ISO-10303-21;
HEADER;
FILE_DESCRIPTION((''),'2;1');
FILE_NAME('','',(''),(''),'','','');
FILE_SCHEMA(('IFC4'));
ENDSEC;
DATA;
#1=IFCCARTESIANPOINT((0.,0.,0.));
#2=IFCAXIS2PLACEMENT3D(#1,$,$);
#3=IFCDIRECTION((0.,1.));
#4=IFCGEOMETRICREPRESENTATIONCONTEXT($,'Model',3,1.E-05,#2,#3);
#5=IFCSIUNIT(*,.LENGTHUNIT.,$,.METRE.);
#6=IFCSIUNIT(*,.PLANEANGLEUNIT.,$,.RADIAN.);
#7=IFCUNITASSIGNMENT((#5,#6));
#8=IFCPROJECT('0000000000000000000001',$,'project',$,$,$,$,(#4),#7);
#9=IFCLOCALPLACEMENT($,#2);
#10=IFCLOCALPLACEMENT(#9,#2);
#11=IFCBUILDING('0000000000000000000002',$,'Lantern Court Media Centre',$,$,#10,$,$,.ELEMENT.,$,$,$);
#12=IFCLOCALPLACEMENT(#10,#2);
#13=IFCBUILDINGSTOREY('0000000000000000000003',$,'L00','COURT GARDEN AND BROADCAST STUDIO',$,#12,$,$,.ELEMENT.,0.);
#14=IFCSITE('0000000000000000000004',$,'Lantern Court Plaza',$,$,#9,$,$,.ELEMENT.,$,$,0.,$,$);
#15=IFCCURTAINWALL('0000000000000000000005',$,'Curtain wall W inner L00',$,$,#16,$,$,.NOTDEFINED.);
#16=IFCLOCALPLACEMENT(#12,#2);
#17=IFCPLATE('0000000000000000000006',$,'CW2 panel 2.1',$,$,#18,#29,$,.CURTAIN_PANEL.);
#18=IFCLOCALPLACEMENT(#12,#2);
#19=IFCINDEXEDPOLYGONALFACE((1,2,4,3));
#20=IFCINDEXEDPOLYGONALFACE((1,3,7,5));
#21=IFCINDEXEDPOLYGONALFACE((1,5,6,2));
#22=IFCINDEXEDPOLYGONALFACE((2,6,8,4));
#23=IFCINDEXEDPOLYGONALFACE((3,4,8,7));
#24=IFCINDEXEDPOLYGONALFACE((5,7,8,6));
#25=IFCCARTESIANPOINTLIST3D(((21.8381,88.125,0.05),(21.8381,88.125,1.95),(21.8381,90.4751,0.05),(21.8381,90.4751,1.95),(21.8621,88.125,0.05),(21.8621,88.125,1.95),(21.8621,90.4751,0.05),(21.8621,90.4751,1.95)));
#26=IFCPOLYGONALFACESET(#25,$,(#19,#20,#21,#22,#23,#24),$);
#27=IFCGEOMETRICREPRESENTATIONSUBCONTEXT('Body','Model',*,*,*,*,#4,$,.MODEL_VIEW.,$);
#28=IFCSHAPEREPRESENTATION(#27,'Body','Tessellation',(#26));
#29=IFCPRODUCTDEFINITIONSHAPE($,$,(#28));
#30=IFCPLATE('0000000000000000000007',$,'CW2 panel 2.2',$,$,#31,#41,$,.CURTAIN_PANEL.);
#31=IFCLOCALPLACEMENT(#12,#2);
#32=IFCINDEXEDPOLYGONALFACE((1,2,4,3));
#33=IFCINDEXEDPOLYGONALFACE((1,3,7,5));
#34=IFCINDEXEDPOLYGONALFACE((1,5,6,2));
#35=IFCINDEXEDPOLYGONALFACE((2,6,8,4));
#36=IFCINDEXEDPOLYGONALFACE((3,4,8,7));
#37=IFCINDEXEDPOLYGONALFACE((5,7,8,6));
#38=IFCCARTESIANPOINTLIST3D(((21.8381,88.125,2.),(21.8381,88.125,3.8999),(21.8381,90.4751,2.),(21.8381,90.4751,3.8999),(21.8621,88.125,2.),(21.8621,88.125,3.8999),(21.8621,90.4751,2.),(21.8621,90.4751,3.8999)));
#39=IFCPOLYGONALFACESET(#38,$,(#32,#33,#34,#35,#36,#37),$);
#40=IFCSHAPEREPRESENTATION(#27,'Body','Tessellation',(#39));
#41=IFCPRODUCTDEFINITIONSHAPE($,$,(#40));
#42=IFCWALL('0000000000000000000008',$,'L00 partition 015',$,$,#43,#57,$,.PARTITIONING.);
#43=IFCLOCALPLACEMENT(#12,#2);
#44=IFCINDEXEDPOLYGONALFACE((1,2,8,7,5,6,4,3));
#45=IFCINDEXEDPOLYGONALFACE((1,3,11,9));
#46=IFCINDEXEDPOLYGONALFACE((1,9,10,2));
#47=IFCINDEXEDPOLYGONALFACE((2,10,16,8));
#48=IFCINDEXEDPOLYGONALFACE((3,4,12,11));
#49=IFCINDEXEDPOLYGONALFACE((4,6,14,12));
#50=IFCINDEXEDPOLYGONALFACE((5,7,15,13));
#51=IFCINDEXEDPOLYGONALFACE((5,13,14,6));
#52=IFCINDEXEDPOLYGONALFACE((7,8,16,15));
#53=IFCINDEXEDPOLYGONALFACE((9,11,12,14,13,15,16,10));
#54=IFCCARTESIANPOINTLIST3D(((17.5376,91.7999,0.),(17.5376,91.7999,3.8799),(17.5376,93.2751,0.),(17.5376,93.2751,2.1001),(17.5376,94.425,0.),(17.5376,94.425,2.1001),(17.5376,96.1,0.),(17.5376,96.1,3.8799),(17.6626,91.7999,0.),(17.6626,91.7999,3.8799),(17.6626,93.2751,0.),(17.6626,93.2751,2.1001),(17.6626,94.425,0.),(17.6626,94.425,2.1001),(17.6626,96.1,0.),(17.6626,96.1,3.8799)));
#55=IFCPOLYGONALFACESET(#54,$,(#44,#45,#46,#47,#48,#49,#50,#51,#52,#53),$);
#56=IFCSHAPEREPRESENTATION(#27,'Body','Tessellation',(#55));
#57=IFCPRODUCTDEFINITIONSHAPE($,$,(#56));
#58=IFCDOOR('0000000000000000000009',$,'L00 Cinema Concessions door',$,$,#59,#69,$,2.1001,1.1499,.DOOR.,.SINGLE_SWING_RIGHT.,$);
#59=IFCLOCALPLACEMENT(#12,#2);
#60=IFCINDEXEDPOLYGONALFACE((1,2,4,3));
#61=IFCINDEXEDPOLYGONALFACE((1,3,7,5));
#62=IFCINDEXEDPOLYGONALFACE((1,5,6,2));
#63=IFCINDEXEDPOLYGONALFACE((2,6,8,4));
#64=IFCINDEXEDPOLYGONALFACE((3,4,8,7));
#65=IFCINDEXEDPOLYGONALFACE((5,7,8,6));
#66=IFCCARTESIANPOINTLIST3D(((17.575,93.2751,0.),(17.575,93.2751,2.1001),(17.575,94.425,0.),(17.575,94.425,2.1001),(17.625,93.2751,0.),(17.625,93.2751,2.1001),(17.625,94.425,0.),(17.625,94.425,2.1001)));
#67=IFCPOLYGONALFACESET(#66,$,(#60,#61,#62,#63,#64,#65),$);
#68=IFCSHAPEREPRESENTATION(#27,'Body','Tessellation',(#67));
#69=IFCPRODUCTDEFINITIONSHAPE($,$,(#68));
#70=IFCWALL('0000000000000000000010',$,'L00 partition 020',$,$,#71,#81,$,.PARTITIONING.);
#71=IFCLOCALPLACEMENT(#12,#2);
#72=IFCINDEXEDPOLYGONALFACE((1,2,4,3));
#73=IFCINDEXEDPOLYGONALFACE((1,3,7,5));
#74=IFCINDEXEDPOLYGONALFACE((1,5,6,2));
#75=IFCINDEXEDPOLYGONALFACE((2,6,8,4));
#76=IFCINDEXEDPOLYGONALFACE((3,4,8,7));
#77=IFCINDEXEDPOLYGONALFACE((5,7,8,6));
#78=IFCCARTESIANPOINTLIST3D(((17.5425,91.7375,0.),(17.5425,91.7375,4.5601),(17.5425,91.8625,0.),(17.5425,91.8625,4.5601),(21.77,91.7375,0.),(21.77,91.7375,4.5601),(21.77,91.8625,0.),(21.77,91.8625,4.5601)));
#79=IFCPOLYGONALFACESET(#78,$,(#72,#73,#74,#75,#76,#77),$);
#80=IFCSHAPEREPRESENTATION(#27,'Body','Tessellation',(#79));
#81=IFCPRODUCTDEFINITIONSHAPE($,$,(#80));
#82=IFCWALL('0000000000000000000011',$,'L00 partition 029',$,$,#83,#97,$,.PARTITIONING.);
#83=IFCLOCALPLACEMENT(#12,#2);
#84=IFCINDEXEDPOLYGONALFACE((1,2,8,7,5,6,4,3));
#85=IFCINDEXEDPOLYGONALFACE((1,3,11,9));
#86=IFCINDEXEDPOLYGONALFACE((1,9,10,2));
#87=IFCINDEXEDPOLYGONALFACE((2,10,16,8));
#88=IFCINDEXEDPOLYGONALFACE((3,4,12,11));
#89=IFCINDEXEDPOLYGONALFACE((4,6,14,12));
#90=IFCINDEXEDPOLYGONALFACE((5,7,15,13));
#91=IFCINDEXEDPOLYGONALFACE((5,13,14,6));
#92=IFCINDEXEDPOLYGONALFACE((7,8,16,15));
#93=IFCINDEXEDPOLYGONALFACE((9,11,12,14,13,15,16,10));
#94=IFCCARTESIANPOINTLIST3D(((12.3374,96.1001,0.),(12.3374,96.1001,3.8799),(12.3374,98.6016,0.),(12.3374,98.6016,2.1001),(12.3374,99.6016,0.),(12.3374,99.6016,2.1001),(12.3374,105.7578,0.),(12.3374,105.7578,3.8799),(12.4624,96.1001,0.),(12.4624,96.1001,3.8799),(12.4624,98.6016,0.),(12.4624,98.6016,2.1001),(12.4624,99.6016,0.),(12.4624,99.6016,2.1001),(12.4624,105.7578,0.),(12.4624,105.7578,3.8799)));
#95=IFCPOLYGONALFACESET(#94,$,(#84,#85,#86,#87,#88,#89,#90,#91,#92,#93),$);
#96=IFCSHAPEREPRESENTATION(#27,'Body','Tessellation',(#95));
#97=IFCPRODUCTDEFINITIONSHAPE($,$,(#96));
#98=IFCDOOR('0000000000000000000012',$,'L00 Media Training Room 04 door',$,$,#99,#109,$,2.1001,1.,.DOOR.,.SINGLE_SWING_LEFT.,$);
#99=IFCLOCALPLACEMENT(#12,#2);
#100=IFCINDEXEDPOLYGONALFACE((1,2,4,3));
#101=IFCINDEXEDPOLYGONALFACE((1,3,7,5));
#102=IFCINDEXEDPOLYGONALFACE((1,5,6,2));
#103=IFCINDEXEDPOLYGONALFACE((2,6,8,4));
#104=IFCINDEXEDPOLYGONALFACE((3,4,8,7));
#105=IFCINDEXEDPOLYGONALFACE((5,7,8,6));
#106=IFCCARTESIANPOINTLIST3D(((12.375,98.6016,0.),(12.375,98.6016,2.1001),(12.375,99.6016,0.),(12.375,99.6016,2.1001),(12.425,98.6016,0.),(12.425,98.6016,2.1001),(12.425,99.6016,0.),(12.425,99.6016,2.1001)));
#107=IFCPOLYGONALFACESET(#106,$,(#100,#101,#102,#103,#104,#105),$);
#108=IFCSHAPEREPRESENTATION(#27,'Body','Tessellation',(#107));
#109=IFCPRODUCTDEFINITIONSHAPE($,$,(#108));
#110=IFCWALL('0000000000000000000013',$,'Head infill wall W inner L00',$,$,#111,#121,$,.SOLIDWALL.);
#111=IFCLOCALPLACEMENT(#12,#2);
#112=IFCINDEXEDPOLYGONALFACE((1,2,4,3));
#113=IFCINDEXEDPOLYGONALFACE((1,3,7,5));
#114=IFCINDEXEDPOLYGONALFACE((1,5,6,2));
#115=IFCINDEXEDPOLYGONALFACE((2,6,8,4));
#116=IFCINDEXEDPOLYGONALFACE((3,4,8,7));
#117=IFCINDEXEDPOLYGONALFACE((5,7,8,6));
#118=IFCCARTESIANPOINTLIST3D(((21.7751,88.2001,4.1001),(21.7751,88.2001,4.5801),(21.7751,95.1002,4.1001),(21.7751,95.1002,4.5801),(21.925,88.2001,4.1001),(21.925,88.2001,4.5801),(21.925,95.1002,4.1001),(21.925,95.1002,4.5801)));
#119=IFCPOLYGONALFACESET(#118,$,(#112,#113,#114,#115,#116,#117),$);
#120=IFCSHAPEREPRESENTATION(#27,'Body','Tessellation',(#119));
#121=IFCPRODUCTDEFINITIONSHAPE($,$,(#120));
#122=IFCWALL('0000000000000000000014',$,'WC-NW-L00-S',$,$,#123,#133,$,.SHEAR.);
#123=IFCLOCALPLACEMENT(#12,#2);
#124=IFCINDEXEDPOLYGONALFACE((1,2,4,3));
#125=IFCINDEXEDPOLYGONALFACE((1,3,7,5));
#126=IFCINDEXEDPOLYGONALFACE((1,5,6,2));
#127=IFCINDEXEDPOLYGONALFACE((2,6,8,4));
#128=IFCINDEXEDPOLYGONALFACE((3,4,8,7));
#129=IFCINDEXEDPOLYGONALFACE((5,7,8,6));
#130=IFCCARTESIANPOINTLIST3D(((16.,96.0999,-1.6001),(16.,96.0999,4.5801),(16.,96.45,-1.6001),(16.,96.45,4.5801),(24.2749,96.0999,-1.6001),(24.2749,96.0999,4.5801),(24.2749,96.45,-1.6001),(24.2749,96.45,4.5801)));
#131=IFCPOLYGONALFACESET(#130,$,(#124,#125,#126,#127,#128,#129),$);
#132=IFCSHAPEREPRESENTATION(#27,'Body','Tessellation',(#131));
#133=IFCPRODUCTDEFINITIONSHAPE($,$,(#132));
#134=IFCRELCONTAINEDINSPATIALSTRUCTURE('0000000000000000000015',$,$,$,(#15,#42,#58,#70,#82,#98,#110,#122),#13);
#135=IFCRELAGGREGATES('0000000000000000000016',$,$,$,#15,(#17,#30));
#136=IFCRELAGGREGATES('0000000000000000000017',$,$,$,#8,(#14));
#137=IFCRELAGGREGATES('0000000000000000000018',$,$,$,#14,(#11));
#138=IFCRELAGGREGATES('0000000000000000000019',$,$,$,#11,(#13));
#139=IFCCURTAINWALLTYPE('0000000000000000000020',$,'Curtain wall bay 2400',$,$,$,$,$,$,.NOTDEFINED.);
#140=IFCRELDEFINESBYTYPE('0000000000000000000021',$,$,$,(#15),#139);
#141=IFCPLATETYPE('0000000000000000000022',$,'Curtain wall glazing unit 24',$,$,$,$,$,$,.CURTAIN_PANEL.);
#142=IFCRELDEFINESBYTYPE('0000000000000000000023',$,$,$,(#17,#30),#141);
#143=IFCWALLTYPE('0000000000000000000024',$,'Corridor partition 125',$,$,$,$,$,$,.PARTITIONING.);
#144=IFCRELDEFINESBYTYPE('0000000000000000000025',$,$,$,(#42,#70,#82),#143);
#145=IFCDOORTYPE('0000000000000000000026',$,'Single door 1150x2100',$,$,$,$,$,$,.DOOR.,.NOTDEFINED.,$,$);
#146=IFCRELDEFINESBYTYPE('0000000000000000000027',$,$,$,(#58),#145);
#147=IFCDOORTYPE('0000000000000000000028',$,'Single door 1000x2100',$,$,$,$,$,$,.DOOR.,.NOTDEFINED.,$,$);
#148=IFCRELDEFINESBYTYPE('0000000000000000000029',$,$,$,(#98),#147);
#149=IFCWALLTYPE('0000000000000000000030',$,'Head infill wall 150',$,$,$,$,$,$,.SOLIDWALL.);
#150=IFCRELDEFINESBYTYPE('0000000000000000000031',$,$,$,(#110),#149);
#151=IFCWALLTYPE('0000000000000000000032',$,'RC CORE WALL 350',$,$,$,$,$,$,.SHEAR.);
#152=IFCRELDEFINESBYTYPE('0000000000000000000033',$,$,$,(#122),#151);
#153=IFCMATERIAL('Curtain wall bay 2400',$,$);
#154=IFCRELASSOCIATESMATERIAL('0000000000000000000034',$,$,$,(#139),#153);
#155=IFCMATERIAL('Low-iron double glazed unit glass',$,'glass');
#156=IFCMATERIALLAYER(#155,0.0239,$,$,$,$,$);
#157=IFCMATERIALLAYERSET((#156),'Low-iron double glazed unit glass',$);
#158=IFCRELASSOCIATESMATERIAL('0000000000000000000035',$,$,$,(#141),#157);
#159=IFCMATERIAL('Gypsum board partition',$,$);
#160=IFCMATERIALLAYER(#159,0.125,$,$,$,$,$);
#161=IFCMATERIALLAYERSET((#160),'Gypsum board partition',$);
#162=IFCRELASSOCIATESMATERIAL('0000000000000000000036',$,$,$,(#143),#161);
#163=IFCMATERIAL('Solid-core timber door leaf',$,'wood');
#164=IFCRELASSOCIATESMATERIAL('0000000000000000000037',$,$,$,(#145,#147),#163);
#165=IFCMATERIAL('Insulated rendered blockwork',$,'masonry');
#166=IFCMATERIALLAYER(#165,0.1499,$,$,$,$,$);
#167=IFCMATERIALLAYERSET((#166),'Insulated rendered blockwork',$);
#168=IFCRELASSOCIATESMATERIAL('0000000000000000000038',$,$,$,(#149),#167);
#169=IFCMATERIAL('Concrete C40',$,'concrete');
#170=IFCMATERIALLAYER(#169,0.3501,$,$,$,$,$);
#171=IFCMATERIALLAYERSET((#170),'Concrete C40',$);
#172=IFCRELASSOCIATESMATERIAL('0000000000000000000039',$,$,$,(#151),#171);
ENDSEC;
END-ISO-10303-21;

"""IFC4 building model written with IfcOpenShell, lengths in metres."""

from ifc_helpers import new_model, si_unit, direction, frame, frame_2d, origin, origin_2d, place, context, subcontext, project, spatial, rectangle, extrude, material, layer, layer_set, type_object, element, fill, aggregate, save


model = new_model("IFC4")

# Units and contexts
model_context = context("Model", 3, precision=1e-05, world=origin(), true_north=direction((0.0, 1.0)))
body_context = subcontext(model_context, "Body", "Model", "MODEL_VIEW")
ifc_project = project(units=[si_unit("LENGTHUNIT", "METRE"), si_unit("PLANEANGLEUNIT", "RADIAN")], contexts=[model_context])

# Site, building, storey
site_placement = place(None, origin())
site = spatial("IfcSite", under=ifc_project, at=site_placement, Name="Lantern Court Plaza", CompositionType="ELEMENT", RefElevation=0.0)
building_placement = place(site_placement, origin())
building = spatial("IfcBuilding", under=site, at=building_placement, Name="Lantern Court Media Centre", CompositionType="ELEMENT")
storey_placement = place(building_placement, origin())
storey = spatial("IfcBuildingStorey", under=building, at=storey_placement, Name="L00", Description="COURT GARDEN AND BROADCAST STUDIO", CompositionType="ELEMENT", Elevation=0.0)

# Curtain wall
ifc_material_1 = material(Name="Curtain wall bay 2400")
curtain_wall_type = type_object("IfcCurtainWallType", Name="Curtain wall bay 2400", PredefinedType="NOTDEFINED", material=ifc_material_1)
curtain_wall_placement = place(storey_placement, origin())
curtain_wall = element("IfcCurtainWall", 1, at=curtain_wall_placement, inside=storey, type_object=curtain_wall_type, Name="Curtain wall W inner L00", PredefinedType="NOTDEFINED")

# Plates
ifc_material_2 = material(Name="Low-iron double glazed unit glass", Category="glass")
ifc_layer_1 = layer(ifc_material_2, 0.0239)
ifc_layer_set_1 = layer_set([ifc_layer_1], Name="Low-iron double glazed unit glass")
plate_type = type_object("IfcPlateType", Name="Curtain wall glazing unit 24", PredefinedType="CURTAIN_PANEL", material=ifc_layer_set_1)
plate_1_placement = place(storey_placement, frame((21.8501, 89.3, 0.05), z_axis=(0.0, 0.0, 1.0), x_axis=(0.0, 1.0, 0.0)))
plate_1 = element("IfcPlate", 2, at=plate_1_placement, type_object=plate_type, Name="CW2 panel 2.1", PredefinedType="CURTAIN_PANEL", context=body_context, shape_type="SweptSolid", body=[
    extrude(rectangle(XDim=2.3501, YDim=0.0239, at=origin_2d()), origin(), (0.0, 0.0, 1.0), 1.8999),
])
plate_2_placement = place(storey_placement, frame((21.8501, 89.3, 2.0), z_axis=(0.0, 0.0, 1.0), x_axis=(0.0, 1.0, 0.0)))
plate_2 = element("IfcPlate", 3, at=plate_2_placement, type_object=plate_type, Name="CW2 panel 2.2", PredefinedType="CURTAIN_PANEL", context=body_context, shape_type="SweptSolid", body=[
    extrude(rectangle(XDim=2.3501, YDim=0.0239, at=origin_2d()), origin(), (0.0, 0.0, 1.0), 1.8999),
])
aggregate(curtain_wall, [plate_1, plate_2])

# Wall, opening, door
ifc_material_3 = material(Name="Gypsum board partition")
ifc_layer_2 = layer(ifc_material_3, 0.125)
ifc_layer_set_2 = layer_set([ifc_layer_2], Name="Gypsum board partition")
wall_type_1 = type_object("IfcWallType", Name="Corridor partition 125", PredefinedType="PARTITIONING", material=ifc_layer_set_2)
wall_1_placement = place(storey_placement, frame((17.6001, 91.8, 0.0), z_axis=(0.0, 0.0, 1.0), x_axis=(0.0, 1.0, 0.0)))
wall_1 = element("IfcWall", 4, at=wall_1_placement, inside=storey, type_object=wall_type_1, Name="L00 partition 015", PredefinedType="PARTITIONING", context=body_context, shape_type="SweptSolid", body=[
    extrude(rectangle(XDim=4.3, YDim=0.125, at=frame_2d((2.1499, 0.0))), origin(), (0.0, 0.0, 1.0), 3.8799),
])
opening_1_placement = place(wall_1_placement, frame((1.4751, 0.0, 0.0)))
opening_1 = element("IfcOpeningElement", 5, at=opening_1_placement, cuts=wall_1, PredefinedType="OPENING", context=body_context, shape_type="SweptSolid", body=[
    extrude(rectangle(XDim=1.1499, YDim=2.1001, at=frame_2d((0.575, 1.05))), frame((0.0, 0.0725, 0.0), z_axis=(0.0, -1.0, 0.0), x_axis=(1.0, 0.0, 0.0)), (0.0, 0.0, 1.0), 0.145),
])
ifc_material_4 = material(Name="Solid-core timber door leaf", Category="wood")
door_type_1 = type_object("IfcDoorType", Name="Single door 1150x2100", OperationType="NOTDEFINED", PredefinedType="DOOR", material=ifc_material_4)
door_1_placement = place(opening_1_placement, frame((1.1499, 0.0, 0.0), z_axis=(0.0, 0.0, 1.0), x_axis=(-1.0, 0.0, 0.0)))
door_1 = element("IfcDoor", 6, at=door_1_placement, inside=storey, type_object=door_type_1, Name="L00 Cinema Concessions door", OperationType="SINGLE_SWING_RIGHT", OverallHeight=2.1001, OverallWidth=1.1499, PredefinedType="DOOR", context=body_context, shape_type="SweptSolid", body=[
    extrude(rectangle(XDim=1.1499, YDim=2.1001, at=frame_2d((0.575, 1.05))), frame((0.0, 0.0249, 0.0), z_axis=(0.0, -1.0, 0.0), x_axis=(1.0, 0.0, 0.0)), (0.0, 0.0, 1.0), 0.05),
])
fill(opening_1, door_1)

# Wall
wall_2_placement = place(storey_placement, frame((17.5425, 91.8, 0.0), z_axis=(0.0, 0.0, 1.0), x_axis=(1.0, 0.0, 0.0)))
element("IfcWall", 7, at=wall_2_placement, inside=storey, type_object=wall_type_1, Name="L00 partition 020", PredefinedType="PARTITIONING", context=body_context, shape_type="SweptSolid", body=[
    extrude(rectangle(XDim=4.2275, YDim=0.125, at=frame_2d((2.1138, 0.0))), origin(), (0.0, 0.0, 1.0), 4.5601),
])

# Wall, opening, door
wall_3_placement = place(storey_placement, frame((12.3999, 96.1001, 0.0), z_axis=(0.0, 0.0, 1.0), x_axis=(0.0, 1.0, 0.0)))
wall_3 = element("IfcWall", 8, at=wall_3_placement, inside=storey, type_object=wall_type_1, Name="L00 partition 029", PredefinedType="PARTITIONING", context=body_context, shape_type="SweptSolid", body=[
    extrude(rectangle(XDim=9.6577, YDim=0.125, at=frame_2d((4.8289, 0.0))), origin(), (0.0, 0.0, 1.0), 3.8799),
])
opening_2_placement = place(wall_3_placement, frame((2.5015, 0.0, 0.0)))
opening_2 = element("IfcOpeningElement", 9, at=opening_2_placement, cuts=wall_3, PredefinedType="OPENING", context=body_context, shape_type="SweptSolid", body=[
    extrude(rectangle(XDim=1.0, YDim=2.1001, at=frame_2d((0.5, 1.05))), frame((0.0, 0.0725, 0.0), z_axis=(0.0, -1.0, 0.0), x_axis=(1.0, 0.0, 0.0)), (0.0, 0.0, 1.0), 0.145),
])
door_type_2 = type_object("IfcDoorType", Name="Single door 1000x2100", OperationType="NOTDEFINED", PredefinedType="DOOR", material=ifc_material_4)
door_2_placement = place(opening_2_placement, origin())
door_2 = element("IfcDoor", 10, at=door_2_placement, inside=storey, type_object=door_type_2, Name="L00 Media Training Room 04 door", OperationType="SINGLE_SWING_LEFT", OverallHeight=2.1001, OverallWidth=1.0, PredefinedType="DOOR", context=body_context, shape_type="SweptSolid", body=[
    extrude(rectangle(XDim=1.0, YDim=2.1001, at=frame_2d((0.5, 1.05))), frame((0.0, 0.0249, 0.0), z_axis=(0.0, -1.0, 0.0), x_axis=(1.0, 0.0, 0.0)), (0.0, 0.0, 1.0), 0.05),
])
fill(opening_2, door_2)

# Walls
ifc_material_5 = material(Name="Insulated rendered blockwork", Category="masonry")
ifc_layer_3 = layer(ifc_material_5, 0.1499)
ifc_layer_set_3 = layer_set([ifc_layer_3], Name="Insulated rendered blockwork")
wall_type_2 = type_object("IfcWallType", Name="Head infill wall 150", PredefinedType="SOLIDWALL", material=ifc_layer_set_3)
wall_4_placement = place(storey_placement, frame((21.8501, 88.2, 4.1001), z_axis=(0.0, 0.0, 1.0), x_axis=(0.0, 1.0, 0.0)))
element("IfcWall", 11, at=wall_4_placement, inside=storey, type_object=wall_type_2, Name="Head infill wall W inner L00", PredefinedType="SOLIDWALL", context=body_context, shape_type="SweptSolid", body=[
    extrude(rectangle(XDim=6.9001, YDim=0.1499, at=frame_2d((3.4502, 0.0))), origin(), (0.0, 0.0, 1.0), 0.48),
])
ifc_material_6 = material(Name="Concrete C40", Category="concrete")
ifc_layer_4 = layer(ifc_material_6, 0.3501)
ifc_layer_set_4 = layer_set([ifc_layer_4], Name="Concrete C40")
wall_type_3 = type_object("IfcWallType", Name="RC CORE WALL 350", PredefinedType="SHEAR", material=ifc_layer_set_4)
wall_5_placement = place(storey_placement, frame((16.0, 96.2749, -1.6001), z_axis=(0.0, 0.0, 1.0), x_axis=(1.0, 0.0, 0.0)))
element("IfcWall", 12, at=wall_5_placement, inside=storey, type_object=wall_type_3, Name="WC-NW-L00-S", PredefinedType="SHEAR", context=body_context, shape_type="SweptSolid", body=[
    extrude(rectangle(XDim=8.2749, YDim=0.3501, at=frame_2d((4.1375, 0.0))), origin(), (0.0, 0.0, 1.0), 6.1802),
])

save(model, "model.ifc")
